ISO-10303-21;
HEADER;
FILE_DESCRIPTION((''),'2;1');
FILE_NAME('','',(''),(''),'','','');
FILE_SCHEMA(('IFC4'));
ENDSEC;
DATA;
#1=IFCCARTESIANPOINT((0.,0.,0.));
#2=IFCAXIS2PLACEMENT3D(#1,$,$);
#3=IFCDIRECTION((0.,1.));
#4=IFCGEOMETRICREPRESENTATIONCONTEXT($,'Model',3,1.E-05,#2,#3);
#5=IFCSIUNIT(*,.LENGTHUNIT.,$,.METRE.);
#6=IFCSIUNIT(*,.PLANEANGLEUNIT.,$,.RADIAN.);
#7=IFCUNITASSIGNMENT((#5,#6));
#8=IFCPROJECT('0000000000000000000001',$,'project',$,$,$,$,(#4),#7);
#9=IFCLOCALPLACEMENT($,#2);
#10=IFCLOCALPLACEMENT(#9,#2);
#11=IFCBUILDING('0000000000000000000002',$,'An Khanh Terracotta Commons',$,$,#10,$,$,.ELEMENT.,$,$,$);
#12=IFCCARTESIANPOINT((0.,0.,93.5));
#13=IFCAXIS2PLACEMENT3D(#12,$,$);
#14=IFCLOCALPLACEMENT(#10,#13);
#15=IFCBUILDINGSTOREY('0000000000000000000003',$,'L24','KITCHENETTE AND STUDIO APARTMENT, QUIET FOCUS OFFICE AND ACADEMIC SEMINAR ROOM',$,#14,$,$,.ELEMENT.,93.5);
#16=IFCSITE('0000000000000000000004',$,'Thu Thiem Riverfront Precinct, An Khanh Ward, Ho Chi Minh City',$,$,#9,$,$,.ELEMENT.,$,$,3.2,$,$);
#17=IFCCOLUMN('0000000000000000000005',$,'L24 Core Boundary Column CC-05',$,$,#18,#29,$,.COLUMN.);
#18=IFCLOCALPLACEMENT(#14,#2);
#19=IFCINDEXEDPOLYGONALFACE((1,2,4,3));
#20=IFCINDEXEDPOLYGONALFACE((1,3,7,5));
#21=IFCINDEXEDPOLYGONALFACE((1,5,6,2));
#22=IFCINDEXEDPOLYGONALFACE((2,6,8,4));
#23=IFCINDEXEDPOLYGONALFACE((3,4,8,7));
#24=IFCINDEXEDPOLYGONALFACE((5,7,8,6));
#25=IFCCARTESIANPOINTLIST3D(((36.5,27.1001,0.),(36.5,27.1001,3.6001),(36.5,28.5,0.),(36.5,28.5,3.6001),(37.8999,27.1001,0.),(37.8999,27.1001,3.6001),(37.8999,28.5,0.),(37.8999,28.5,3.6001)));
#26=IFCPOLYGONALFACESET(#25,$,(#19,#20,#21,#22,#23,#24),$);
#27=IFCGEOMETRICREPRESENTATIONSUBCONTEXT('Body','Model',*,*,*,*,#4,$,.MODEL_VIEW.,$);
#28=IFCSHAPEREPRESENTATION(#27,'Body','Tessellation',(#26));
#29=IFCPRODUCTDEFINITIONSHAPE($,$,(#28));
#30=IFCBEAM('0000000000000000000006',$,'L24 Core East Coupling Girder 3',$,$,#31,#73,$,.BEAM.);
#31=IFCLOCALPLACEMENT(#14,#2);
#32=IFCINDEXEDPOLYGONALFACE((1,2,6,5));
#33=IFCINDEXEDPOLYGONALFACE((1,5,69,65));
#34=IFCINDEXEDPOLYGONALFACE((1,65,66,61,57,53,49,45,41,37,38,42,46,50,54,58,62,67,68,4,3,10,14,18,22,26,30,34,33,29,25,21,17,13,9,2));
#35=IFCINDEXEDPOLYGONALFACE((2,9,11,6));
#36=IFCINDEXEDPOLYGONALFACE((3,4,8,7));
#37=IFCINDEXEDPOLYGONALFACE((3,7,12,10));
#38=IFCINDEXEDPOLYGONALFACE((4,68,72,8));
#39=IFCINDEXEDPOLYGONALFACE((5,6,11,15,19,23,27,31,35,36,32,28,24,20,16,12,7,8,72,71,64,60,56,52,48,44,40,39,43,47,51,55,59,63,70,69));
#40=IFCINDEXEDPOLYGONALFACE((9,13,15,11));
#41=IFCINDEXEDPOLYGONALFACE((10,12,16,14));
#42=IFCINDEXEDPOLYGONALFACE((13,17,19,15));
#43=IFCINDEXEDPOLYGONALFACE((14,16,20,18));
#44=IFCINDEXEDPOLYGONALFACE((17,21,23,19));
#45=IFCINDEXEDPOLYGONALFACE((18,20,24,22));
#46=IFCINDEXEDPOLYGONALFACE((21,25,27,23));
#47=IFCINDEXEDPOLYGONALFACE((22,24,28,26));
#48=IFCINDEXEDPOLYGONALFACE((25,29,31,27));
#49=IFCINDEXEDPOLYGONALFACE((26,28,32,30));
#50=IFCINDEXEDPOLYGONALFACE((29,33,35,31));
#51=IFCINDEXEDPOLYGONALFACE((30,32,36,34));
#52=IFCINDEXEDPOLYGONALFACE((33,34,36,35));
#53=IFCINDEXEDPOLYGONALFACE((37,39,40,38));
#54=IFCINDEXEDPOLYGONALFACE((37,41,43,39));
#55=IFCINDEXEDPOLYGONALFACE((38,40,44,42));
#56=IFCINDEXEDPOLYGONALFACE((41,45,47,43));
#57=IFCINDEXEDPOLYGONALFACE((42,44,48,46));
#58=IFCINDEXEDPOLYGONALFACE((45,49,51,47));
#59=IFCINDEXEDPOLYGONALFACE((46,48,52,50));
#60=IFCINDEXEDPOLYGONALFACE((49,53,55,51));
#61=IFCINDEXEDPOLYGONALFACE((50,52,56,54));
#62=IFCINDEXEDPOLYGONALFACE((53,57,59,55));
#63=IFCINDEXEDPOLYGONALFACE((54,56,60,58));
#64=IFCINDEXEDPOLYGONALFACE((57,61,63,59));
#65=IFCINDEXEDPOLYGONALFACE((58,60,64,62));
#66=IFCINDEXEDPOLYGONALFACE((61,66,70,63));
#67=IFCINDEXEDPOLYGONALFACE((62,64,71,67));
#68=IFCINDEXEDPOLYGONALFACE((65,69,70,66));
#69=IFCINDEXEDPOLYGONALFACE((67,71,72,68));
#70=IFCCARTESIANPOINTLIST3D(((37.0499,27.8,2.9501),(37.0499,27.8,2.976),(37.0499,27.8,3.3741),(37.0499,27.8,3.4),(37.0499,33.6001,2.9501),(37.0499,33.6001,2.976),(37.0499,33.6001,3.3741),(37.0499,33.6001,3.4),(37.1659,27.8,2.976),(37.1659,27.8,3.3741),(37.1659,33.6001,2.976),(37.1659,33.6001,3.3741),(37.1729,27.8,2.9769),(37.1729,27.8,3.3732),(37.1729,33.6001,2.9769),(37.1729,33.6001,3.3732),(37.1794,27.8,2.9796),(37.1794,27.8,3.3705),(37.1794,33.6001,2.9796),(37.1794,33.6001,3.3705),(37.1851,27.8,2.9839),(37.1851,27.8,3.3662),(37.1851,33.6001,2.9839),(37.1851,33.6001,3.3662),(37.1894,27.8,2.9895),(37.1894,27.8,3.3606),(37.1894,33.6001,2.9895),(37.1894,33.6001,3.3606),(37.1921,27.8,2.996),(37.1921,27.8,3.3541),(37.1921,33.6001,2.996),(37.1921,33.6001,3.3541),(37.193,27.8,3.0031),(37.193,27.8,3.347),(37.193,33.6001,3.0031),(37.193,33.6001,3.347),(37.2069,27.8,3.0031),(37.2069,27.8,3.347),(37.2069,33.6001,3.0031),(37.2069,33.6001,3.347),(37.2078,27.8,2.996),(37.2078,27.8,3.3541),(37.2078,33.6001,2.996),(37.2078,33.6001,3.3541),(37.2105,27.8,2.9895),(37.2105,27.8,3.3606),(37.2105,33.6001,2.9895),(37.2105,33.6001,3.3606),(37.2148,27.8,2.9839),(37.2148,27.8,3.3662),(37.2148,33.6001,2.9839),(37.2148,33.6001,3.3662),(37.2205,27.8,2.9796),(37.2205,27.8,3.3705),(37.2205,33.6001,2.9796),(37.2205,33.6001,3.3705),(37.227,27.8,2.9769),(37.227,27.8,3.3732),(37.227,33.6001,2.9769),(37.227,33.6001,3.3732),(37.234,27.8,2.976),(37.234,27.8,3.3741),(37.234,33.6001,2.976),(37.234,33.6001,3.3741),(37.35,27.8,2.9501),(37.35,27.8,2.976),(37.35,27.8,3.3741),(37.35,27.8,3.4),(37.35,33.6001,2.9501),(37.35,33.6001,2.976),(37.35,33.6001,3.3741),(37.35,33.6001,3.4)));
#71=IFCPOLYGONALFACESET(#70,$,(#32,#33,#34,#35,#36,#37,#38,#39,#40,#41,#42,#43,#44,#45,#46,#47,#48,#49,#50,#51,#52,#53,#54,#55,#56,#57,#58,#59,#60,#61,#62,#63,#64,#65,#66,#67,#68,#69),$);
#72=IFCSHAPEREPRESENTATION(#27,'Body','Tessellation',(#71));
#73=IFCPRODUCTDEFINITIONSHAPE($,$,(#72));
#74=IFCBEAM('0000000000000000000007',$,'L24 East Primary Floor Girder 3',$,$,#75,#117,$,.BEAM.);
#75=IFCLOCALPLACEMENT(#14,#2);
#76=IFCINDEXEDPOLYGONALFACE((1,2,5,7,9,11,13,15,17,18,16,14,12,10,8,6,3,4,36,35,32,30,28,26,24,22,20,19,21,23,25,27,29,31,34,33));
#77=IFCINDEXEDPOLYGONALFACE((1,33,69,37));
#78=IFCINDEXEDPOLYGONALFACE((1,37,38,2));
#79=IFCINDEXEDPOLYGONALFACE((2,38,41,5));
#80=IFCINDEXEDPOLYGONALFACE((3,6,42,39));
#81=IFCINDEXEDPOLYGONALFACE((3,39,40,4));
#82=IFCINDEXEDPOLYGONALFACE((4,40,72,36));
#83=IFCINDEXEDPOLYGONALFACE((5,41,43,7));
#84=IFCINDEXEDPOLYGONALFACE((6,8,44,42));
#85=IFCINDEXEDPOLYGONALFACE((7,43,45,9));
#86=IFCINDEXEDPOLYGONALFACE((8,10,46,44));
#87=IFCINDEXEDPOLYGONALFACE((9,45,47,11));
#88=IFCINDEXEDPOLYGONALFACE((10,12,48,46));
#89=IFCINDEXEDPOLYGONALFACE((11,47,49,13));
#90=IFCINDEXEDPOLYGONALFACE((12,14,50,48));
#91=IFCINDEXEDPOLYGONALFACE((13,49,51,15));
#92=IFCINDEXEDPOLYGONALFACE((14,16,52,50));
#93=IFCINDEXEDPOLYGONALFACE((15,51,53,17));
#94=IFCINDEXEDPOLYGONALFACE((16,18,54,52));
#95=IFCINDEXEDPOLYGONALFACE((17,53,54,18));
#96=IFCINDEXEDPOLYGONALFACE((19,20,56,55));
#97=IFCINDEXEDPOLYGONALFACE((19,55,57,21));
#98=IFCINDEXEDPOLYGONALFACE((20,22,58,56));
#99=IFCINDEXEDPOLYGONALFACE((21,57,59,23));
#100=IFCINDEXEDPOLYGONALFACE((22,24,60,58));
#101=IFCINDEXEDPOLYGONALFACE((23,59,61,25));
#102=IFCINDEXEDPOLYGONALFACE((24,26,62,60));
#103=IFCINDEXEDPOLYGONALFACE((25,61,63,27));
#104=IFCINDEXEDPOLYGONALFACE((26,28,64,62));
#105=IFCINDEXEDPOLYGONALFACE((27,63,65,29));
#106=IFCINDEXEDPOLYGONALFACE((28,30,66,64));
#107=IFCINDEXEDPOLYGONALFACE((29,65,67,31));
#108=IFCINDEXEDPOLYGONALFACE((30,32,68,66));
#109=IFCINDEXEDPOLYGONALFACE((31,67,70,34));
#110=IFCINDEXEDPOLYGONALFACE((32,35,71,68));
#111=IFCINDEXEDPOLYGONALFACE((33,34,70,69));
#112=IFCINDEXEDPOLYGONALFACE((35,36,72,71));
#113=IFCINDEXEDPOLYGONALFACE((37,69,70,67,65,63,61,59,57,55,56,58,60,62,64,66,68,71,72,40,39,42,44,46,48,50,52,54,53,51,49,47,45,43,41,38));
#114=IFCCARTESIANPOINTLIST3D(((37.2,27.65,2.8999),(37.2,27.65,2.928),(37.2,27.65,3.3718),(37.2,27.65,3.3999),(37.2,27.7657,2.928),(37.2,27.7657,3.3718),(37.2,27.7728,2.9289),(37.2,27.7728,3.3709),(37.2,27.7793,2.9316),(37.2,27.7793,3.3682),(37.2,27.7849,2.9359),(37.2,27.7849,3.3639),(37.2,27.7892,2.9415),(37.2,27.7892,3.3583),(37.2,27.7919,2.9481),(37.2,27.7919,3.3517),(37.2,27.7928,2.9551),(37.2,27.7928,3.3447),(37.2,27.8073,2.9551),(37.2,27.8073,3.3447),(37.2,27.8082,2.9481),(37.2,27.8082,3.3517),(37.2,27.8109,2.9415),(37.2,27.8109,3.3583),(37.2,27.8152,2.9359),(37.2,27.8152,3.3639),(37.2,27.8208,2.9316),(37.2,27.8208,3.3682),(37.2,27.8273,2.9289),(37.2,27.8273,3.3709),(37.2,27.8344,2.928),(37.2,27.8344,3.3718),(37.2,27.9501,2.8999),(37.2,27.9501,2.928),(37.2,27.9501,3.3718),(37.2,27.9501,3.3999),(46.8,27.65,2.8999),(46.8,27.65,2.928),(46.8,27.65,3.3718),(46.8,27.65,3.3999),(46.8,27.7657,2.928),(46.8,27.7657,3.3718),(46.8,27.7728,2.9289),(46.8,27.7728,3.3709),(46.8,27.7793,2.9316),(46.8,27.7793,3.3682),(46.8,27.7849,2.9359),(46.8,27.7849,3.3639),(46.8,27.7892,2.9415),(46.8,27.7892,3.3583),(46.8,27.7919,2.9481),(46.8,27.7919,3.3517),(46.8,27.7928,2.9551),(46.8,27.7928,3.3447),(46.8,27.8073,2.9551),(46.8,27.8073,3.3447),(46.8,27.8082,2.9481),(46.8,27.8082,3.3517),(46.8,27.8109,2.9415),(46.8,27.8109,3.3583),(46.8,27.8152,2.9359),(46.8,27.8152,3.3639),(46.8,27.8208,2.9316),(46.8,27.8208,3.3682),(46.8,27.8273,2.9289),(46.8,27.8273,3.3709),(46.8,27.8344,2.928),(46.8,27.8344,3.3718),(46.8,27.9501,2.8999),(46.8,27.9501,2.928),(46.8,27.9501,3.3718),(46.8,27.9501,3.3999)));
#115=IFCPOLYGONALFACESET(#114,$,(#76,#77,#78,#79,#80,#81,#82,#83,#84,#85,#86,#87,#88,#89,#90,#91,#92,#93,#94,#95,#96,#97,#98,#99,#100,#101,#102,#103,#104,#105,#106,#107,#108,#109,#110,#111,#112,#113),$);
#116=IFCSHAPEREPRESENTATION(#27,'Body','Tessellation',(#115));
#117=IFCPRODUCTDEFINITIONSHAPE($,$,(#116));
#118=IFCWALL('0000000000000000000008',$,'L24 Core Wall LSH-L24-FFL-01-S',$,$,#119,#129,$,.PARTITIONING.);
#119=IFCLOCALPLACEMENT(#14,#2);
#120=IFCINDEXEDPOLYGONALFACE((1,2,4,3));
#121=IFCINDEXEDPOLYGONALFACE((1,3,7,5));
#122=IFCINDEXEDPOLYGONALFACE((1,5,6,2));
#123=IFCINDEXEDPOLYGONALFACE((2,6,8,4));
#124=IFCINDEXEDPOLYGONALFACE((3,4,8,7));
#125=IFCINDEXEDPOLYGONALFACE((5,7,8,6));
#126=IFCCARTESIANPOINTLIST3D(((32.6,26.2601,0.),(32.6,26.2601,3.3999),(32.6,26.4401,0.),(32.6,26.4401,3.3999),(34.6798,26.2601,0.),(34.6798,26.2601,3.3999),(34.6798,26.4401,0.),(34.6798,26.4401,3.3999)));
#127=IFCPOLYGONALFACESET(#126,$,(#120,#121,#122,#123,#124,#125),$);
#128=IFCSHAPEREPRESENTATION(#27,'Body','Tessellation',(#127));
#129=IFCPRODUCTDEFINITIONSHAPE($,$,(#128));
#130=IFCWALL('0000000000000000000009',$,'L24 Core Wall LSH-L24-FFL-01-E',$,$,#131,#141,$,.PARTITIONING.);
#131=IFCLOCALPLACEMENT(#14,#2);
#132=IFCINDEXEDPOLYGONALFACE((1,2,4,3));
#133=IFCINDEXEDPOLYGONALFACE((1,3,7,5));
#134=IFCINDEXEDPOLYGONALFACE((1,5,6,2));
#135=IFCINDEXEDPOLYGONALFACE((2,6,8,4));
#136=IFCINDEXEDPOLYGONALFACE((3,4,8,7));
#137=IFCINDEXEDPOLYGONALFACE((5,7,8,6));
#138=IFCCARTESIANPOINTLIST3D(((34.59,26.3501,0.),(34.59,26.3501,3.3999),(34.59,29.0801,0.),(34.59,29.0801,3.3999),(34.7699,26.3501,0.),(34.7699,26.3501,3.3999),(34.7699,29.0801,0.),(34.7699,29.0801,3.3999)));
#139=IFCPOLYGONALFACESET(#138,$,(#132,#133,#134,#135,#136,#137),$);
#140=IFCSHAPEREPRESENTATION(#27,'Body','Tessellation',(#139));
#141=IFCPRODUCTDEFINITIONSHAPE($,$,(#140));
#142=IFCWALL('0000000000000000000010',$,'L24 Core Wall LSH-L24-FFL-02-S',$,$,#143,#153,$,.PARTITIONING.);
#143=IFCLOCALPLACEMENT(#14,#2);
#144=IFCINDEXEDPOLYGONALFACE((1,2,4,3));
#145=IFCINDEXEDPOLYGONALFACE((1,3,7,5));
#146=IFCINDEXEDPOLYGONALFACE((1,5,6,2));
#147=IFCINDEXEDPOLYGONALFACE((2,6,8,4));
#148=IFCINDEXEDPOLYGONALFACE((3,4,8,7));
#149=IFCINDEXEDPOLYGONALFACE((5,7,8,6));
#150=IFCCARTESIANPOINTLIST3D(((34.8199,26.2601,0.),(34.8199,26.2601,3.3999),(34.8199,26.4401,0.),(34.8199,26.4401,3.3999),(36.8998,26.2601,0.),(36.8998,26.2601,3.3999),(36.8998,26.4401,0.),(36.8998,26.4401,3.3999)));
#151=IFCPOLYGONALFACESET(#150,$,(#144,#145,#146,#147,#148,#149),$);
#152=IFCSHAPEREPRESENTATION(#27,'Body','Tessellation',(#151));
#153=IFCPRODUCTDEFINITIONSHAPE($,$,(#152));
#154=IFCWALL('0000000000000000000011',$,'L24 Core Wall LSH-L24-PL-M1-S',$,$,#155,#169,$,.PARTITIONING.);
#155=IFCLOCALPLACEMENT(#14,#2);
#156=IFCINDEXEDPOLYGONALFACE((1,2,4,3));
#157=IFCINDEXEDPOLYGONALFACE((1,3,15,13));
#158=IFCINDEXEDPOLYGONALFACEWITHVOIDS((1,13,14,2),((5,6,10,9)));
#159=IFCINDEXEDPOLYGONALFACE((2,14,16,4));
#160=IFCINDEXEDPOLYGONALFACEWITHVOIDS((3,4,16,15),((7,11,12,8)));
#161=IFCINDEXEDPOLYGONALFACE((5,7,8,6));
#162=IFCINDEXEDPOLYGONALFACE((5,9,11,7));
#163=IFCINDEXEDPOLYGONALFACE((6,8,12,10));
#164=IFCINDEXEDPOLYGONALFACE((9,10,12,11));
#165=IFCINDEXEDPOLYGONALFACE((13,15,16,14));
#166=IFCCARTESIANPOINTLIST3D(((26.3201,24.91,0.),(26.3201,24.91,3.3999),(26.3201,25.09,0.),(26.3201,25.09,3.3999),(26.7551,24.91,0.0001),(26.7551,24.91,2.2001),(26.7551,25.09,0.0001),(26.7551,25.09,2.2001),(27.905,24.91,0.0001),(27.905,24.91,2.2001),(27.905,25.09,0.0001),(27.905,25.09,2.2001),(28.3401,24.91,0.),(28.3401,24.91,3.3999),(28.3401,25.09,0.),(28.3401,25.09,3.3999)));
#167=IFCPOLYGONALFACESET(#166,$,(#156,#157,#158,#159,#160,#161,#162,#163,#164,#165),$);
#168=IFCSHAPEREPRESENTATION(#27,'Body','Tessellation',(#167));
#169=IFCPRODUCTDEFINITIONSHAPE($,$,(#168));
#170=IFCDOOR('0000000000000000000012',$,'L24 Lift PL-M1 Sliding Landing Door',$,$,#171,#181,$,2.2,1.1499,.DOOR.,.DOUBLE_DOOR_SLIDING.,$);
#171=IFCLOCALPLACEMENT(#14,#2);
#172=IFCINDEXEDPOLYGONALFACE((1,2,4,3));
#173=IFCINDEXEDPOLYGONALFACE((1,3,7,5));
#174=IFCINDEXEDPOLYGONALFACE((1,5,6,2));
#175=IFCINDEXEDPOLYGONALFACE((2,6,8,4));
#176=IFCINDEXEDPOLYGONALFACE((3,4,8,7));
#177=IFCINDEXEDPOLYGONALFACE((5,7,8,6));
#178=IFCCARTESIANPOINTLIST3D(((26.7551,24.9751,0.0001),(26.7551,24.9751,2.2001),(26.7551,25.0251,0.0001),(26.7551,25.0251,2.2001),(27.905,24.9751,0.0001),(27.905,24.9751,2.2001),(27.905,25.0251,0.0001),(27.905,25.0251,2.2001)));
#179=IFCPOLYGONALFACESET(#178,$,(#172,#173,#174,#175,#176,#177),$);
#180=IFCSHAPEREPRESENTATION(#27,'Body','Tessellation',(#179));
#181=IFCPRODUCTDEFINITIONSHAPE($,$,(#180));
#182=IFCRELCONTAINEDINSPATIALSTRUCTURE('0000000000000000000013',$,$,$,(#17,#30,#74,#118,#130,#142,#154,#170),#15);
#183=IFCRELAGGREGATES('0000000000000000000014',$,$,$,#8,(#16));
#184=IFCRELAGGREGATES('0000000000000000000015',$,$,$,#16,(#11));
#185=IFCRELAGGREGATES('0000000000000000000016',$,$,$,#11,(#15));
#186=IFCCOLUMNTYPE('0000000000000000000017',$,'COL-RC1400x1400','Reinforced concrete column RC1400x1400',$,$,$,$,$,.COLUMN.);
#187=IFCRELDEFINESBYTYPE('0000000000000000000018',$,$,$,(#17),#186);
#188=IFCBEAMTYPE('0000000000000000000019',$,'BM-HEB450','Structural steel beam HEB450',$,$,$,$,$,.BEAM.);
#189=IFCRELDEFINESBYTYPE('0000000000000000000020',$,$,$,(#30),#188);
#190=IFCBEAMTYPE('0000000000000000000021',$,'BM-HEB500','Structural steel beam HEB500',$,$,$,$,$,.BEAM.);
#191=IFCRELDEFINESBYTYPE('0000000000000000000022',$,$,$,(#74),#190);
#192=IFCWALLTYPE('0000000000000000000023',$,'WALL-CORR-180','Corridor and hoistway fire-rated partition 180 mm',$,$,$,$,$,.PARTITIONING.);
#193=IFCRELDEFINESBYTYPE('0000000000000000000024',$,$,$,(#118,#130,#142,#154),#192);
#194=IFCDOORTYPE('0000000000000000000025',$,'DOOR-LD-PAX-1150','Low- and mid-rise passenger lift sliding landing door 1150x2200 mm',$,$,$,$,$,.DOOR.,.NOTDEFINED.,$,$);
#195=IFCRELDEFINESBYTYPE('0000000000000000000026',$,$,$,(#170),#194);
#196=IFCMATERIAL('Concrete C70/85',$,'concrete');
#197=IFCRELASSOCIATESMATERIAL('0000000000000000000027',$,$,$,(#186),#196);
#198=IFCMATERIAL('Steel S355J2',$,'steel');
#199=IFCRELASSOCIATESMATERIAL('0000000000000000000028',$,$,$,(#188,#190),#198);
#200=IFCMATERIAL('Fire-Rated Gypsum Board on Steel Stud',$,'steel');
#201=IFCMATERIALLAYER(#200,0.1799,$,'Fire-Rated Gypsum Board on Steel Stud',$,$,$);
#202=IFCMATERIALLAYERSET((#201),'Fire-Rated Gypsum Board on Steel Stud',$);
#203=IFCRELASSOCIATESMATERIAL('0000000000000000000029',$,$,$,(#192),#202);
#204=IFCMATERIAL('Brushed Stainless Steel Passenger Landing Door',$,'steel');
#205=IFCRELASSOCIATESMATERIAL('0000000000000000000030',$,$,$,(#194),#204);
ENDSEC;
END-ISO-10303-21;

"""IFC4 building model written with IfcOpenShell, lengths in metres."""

from ifc_helpers import new_model, si_unit, direction, frame, frame_2d, origin, origin_2d, place, context, subcontext, project, spatial, rectangle, i_section, extrude, material, layer, layer_set, material_profile, profile_set, type_object, element, fill, save


model = new_model("IFC4")

# Units and contexts
model_context = context("Model", 3, precision=1e-05, world=origin(), true_north=direction((0.0, 1.0)))
body_context = subcontext(model_context, "Body", "Model", "MODEL_VIEW")
ifc_project = project(units=[si_unit("LENGTHUNIT", "METRE"), si_unit("PLANEANGLEUNIT", "RADIAN")], contexts=[model_context])

# Site, building, storey
site_placement = place(None, origin())
site = spatial("IfcSite", under=ifc_project, at=site_placement, Name="Thu Thiem Riverfront Precinct, An Khanh Ward, Ho Chi Minh City", CompositionType="ELEMENT", RefElevation=3.2)
building_placement = place(site_placement, origin())
building = spatial("IfcBuilding", under=site, at=building_placement, Name="An Khanh Terracotta Commons", CompositionType="ELEMENT")
storey_placement = place(building_placement, frame((0.0, 0.0, 93.5)))
storey = spatial("IfcBuildingStorey", under=building, at=storey_placement, Name="L24", Description="KITCHENETTE AND STUDIO APARTMENT, QUIET FOCUS OFFICE AND ACADEMIC SEMINAR ROOM", CompositionType="ELEMENT", Elevation=93.5)

# Column
ifc_material_1 = material(Name="Concrete C70/85", Category="concrete")
ifc_material_profile_1 = material_profile(ifc_material_1, rectangle(XDim=1.3999, YDim=1.3999, at=origin_2d()), Name="RC1400x1400")
ifc_profile_set_1 = profile_set([ifc_material_profile_1], Name="Concrete C70/85")
column_type = type_object("IfcColumnType", Name="COL-RC1400x1400", Description="Reinforced concrete column RC1400x1400", PredefinedType="COLUMN", material=ifc_profile_set_1)
column_placement = place(storey_placement, frame((37.2, 27.8, 0.0), z_axis=(0.0, 0.0, 1.0), x_axis=(1.0, 0.0, 0.0)))
element("IfcColumn", 1, at=column_placement, inside=storey, type_object=column_type, Name="L24 Core Boundary Column CC-05", PredefinedType="COLUMN", context=body_context, shape_type="SweptSolid", body=[
    extrude(rectangle(XDim=1.3999, YDim=1.3999, at=origin_2d()), origin(), (0.0, 0.0, 1.0), 3.6001),
])

# Beams
ifc_material_2 = material(Name="Steel S355J2", Category="steel")
ifc_material_profile_2 = material_profile(ifc_material_2, i_section(OverallWidth=0.3, OverallDepth=0.45, WebThickness=0.0139, FlangeThickness=0.0259, FilletRadius=0.0271, at=origin_2d()), Name="HEB450")
ifc_profile_set_2 = profile_set([ifc_material_profile_2], Name="Steel S355J2")
beam_type_1 = type_object("IfcBeamType", Name="BM-HEB450", Description="Structural steel beam HEB450", PredefinedType="BEAM", material=ifc_profile_set_2)
beam_1_placement = place(storey_placement, frame((37.2, 27.8, 3.175), z_axis=(0.0, 1.0, 0.0), x_axis=(-1.0, 0.0, 0.0)))
element("IfcBeam", 2, at=beam_1_placement, inside=storey, type_object=beam_type_1, Name="L24 Core East Coupling Girder 3", PredefinedType="BEAM", context=body_context, shape_type="SweptSolid", body=[
    extrude(i_section(OverallWidth=0.3, OverallDepth=0.45, WebThickness=0.0139, FlangeThickness=0.0259, FilletRadius=0.0271, at=origin_2d()), origin(), (0.0, 0.0, 1.0), 5.8),
])
ifc_material_profile_3 = material_profile(ifc_material_2, i_section(OverallWidth=0.3, OverallDepth=0.5, WebThickness=0.0144, FlangeThickness=0.0281, FilletRadius=0.0271, at=origin_2d()), Name="HEB500")
ifc_profile_set_3 = profile_set([ifc_material_profile_3], Name="Steel S355J2")
beam_type_2 = type_object("IfcBeamType", Name="BM-HEB500", Description="Structural steel beam HEB500", PredefinedType="BEAM", material=ifc_profile_set_3)
beam_2_placement = place(storey_placement, frame((37.2, 27.8, 3.1499), z_axis=(1.0, 0.0, 0.0), x_axis=(0.0, 1.0, 0.0)))
element("IfcBeam", 3, at=beam_2_placement, inside=storey, type_object=beam_type_2, Name="L24 East Primary Floor Girder 3", PredefinedType="BEAM", context=body_context, shape_type="SweptSolid", body=[
    extrude(i_section(OverallWidth=0.3, OverallDepth=0.5, WebThickness=0.0144, FlangeThickness=0.0281, FilletRadius=0.0271, at=origin_2d()), origin(), (0.0, 0.0, 1.0), 9.6001),
])

# Walls
ifc_material_3 = material(Name="Fire-Rated Gypsum Board on Steel Stud", Category="steel")
ifc_layer_1 = layer(ifc_material_3, 0.1799, Name="Fire-Rated Gypsum Board on Steel Stud")
ifc_layer_set_1 = layer_set([ifc_layer_1], Name="Fire-Rated Gypsum Board on Steel Stud")
wall_type_1 = type_object("IfcWallType", Name="WALL-CORR-180", Description="Corridor and hoistway fire-rated partition 180 mm", PredefinedType="PARTITIONING", material=ifc_layer_set_1)
wall_1_placement = place(storey_placement, frame((34.6799, 26.3501, 0.0), z_axis=(0.0, 0.0, 1.0), x_axis=(-1.0, 0.0, 0.0)))
element("IfcWall", 4, at=wall_1_placement, inside=storey, type_object=wall_type_1, Name="L24 Core Wall LSH-L24-FFL-01-S", PredefinedType="PARTITIONING", context=body_context, shape_type="SweptSolid", body=[
    extrude(rectangle(XDim=2.0798, YDim=0.1799, at=frame_2d((1.04, 0.0))), origin(), (0.0, 0.0, 1.0), 3.3999),
])
wall_2_placement = place(storey_placement, frame((34.6799, 26.3501, 0.0), z_axis=(0.0, 0.0, 1.0), x_axis=(0.0, 1.0, 0.0)))
element("IfcWall", 5, at=wall_2_placement, inside=storey, type_object=wall_type_1, Name="L24 Core Wall LSH-L24-FFL-01-E", PredefinedType="PARTITIONING", context=body_context, shape_type="SweptSolid", body=[
    extrude(rectangle(XDim=2.73, YDim=0.1799, at=frame_2d((1.365, 0.0))), origin(), (0.0, 0.0, 1.0), 3.3999),
])
wall_3_placement = place(storey_placement, frame((36.8999, 26.3501, 0.0), z_axis=(0.0, 0.0, 1.0), x_axis=(-1.0, 0.0, 0.0)))
element("IfcWall", 6, at=wall_3_placement, inside=storey, type_object=wall_type_1, Name="L24 Core Wall LSH-L24-FFL-02-S", PredefinedType="PARTITIONING", context=body_context, shape_type="SweptSolid", body=[
    extrude(rectangle(XDim=2.0798, YDim=0.1799, at=frame_2d((1.04, 0.0))), origin(), (0.0, 0.0, 1.0), 3.3999),
])

# Wall, opening, door
wall_4_placement = place(storey_placement, frame((28.3401, 25.0, 0.0), z_axis=(0.0, 0.0, 1.0), x_axis=(-1.0, 0.0, 0.0)))
wall_4 = element("IfcWall", 7, at=wall_4_placement, inside=storey, type_object=wall_type_1, Name="L24 Core Wall LSH-L24-PL-M1-S", PredefinedType="PARTITIONING", context=body_context, shape_type="SweptSolid", body=[
    extrude(rectangle(XDim=2.02, YDim=0.1799, at=frame_2d((1.01, 0.0))), origin(), (0.0, 0.0, 1.0), 3.3999),
])
opening_1_placement = place(wall_4_placement, frame((0.4351, 0.0, 0.0)))
opening_1 = element("IfcOpeningElement", 8, at=opening_1_placement, cuts=wall_4, PredefinedType="OPENING", context=body_context, shape_type="SweptSolid", body=[
    extrude(rectangle(XDim=1.1499, YDim=2.2, at=frame_2d((0.575, 1.1001))), frame((0.0, 0.0999, 0.0), z_axis=(0.0, -1.0, 0.0), x_axis=(1.0, 0.0, 0.0)), (0.0, 0.0, 1.0), 0.2),
])
ifc_material_4 = material(Name="Brushed Stainless Steel Passenger Landing Door", Category="steel")
door_type = type_object("IfcDoorType", Name="DOOR-LD-PAX-1150", Description="Low- and mid-rise passenger lift sliding landing door 1150x2200 mm", OperationType="NOTDEFINED", PredefinedType="DOOR", material=ifc_material_4)
door_1_placement = place(opening_1_placement, origin())
door_1 = element("IfcDoor", 9, at=door_1_placement, inside=storey, type_object=door_type, Name="L24 Lift PL-M1 Sliding Landing Door", OperationType="DOUBLE_DOOR_SLIDING", OverallHeight=2.2, OverallWidth=1.1499, PredefinedType="DOOR", context=body_context, shape_type="SweptSolid", body=[
    extrude(rectangle(XDim=1.1499, YDim=2.2, at=frame_2d((0.575, 1.1001))), frame((0.0, 0.0249, 0.0), z_axis=(0.0, -1.0, 0.0), x_axis=(1.0, 0.0, 0.0)), (0.0, 0.0, 1.0), 0.05),
])
fill(opening_1, door_1)

save(model, "model.ifc")
